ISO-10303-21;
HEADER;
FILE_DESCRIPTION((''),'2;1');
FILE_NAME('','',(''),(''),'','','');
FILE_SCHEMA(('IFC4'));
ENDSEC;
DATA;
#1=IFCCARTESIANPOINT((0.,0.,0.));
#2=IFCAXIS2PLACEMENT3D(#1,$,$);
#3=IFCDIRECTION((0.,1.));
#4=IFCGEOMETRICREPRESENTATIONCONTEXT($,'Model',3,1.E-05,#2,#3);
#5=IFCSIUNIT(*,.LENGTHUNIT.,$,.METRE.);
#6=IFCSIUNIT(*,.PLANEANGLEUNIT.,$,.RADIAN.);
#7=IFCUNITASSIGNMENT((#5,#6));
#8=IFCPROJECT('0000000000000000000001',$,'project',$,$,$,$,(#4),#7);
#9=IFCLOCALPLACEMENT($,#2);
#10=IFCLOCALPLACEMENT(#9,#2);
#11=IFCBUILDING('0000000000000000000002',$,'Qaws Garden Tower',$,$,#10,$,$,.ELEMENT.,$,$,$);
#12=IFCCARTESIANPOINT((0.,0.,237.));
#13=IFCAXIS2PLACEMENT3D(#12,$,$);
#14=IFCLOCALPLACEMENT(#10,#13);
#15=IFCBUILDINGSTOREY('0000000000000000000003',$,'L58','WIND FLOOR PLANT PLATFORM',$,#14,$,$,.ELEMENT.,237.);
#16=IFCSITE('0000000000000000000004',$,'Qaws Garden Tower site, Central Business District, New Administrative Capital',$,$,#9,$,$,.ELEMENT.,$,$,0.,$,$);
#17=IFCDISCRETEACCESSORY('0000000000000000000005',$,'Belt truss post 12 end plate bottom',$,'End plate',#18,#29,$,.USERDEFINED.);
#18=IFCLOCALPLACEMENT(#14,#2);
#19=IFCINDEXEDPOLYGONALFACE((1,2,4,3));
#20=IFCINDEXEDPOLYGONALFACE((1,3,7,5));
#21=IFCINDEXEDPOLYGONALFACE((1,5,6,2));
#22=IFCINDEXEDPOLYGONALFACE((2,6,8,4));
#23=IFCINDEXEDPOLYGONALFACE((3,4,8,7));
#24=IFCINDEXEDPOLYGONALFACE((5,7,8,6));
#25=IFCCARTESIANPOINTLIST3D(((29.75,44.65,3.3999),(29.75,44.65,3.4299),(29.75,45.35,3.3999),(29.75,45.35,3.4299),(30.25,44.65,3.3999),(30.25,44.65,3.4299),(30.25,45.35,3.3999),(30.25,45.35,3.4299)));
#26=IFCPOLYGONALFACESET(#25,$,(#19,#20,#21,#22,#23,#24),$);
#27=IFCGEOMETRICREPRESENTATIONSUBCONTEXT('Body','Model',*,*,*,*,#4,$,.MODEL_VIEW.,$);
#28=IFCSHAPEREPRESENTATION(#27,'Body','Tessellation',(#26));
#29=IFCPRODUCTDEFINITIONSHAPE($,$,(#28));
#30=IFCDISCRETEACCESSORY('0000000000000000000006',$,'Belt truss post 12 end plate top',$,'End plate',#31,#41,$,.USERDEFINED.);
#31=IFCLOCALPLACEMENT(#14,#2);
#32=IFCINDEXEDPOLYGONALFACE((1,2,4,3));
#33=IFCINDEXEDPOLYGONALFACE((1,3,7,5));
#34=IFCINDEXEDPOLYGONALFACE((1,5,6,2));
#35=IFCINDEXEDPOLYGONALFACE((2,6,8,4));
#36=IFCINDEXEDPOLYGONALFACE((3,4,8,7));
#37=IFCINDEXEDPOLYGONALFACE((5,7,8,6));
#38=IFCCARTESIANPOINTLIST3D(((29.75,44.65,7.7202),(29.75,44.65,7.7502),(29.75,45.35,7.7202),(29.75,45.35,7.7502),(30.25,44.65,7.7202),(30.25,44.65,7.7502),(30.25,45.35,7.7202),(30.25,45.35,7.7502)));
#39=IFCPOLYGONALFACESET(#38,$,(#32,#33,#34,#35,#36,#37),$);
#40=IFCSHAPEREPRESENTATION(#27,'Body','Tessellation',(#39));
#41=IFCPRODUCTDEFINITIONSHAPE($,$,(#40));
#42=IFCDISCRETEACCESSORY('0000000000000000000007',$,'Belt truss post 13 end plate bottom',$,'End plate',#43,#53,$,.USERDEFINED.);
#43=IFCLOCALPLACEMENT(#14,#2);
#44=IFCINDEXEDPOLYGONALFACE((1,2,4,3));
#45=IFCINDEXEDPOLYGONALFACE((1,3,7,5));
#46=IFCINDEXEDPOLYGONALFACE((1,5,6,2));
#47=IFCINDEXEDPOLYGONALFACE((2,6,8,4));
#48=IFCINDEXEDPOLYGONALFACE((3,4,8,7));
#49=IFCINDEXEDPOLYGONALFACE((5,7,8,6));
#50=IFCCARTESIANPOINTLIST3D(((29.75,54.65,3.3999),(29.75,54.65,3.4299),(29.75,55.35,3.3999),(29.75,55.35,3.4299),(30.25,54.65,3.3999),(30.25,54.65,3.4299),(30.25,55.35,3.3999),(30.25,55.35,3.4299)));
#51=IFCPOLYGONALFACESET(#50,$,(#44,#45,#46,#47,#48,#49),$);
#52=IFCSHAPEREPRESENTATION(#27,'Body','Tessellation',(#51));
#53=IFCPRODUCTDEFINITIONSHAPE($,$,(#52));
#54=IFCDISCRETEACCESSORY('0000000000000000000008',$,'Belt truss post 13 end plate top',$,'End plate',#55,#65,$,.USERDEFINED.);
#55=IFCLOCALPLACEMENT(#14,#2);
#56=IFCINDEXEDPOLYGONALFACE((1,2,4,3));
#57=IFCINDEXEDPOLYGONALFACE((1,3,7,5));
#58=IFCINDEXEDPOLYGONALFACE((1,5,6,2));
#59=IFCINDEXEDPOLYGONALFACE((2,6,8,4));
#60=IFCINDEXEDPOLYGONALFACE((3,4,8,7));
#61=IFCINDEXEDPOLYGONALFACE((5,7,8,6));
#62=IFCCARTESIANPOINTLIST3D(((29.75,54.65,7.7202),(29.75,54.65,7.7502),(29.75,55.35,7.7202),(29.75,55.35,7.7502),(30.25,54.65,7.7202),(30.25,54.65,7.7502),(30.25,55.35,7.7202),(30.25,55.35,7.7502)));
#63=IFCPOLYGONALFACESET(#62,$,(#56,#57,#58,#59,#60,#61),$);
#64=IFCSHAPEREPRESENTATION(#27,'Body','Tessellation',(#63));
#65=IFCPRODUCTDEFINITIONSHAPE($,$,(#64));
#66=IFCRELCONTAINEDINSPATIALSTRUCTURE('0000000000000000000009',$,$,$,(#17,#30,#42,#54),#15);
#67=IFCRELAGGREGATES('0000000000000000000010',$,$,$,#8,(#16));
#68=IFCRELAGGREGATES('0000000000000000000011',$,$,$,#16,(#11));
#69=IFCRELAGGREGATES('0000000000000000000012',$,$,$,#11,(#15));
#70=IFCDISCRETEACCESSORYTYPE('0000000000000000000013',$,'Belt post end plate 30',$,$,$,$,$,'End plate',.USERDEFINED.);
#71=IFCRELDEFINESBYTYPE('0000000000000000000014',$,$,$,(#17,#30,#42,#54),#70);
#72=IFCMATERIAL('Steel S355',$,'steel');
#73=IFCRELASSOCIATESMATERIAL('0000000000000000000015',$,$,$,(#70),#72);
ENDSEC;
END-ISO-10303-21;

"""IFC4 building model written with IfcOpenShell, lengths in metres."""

from ifc_helpers import new_model, si_unit, direction, frame, origin, origin_2d, place, context, subcontext, project, spatial, rectangle, extrude, material, type_object, element, save


model = new_model("IFC4")

# Units and contexts
model_context = context("Model", 3, precision=1e-05, world=origin(), true_north=direction((0.0, 1.0)))
body_context = subcontext(model_context, "Body", "Model", "MODEL_VIEW")
ifc_project = project(units=[si_unit("LENGTHUNIT", "METRE"), si_unit("PLANEANGLEUNIT", "RADIAN")], contexts=[model_context])

# Site, building, storey
site_placement = place(None, origin())
site = spatial("IfcSite", under=ifc_project, at=site_placement, Name="Qaws Garden Tower site, Central Business District, New Administrative Capital", CompositionType="ELEMENT", RefElevation=0.0)
building_placement = place(site_placement, origin())
building = spatial("IfcBuilding", under=site, at=building_placement, Name="Qaws Garden Tower", CompositionType="ELEMENT")
storey_placement = place(building_placement, frame((0.0, 0.0, 237.0)))
storey = spatial("IfcBuildingStorey", under=building, at=storey_placement, Name="L58", Description="WIND FLOOR PLANT PLATFORM", CompositionType="ELEMENT", Elevation=237.0)

# Shared definitions
placement_1 = place(storey_placement, frame((30.0, 45.0, 3.3999), z_axis=(0.0, 0.0, 1.0), x_axis=(1.0, 0.0, 0.0)))
placement_2 = place(storey_placement, frame((30.0, 55.0, 3.3999), z_axis=(0.0, 0.0, 1.0), x_axis=(1.0, 0.0, 0.0)))

# Discrete accessories
ifc_material_1 = material(Name="Steel S355", Category="steel")
discrete_accessory_type = type_object("IfcDiscreteAccessoryType", Name="Belt post end plate 30", ElementType="End plate", PredefinedType="USERDEFINED", material=ifc_material_1)
element("IfcDiscreteAccessory", 1, at=placement_1, inside=storey, type_object=discrete_accessory_type, Name="Belt truss post 12 end plate bottom", ObjectType="End plate", PredefinedType="USERDEFINED", context=body_context, shape_type="SweptSolid", body=[
    extrude(rectangle(XDim=0.5, YDim=0.7, at=origin_2d()), origin(), (0.0, 0.0, 1.0), 0.03),
])
discrete_accessory_1_placement = place(storey_placement, frame((30.0, 45.0, 7.7202), z_axis=(0.0, 0.0, 1.0), x_axis=(1.0, 0.0, 0.0)))
element("IfcDiscreteAccessory", 2, at=discrete_accessory_1_placement, inside=storey, type_object=discrete_accessory_type, Name="Belt truss post 12 end plate top", ObjectType="End plate", PredefinedType="USERDEFINED", context=body_context, shape_type="SweptSolid", body=[
    extrude(rectangle(XDim=0.5, YDim=0.7, at=origin_2d()), origin(), (0.0, 0.0, 1.0), 0.03),
])
element("IfcDiscreteAccessory", 3, at=placement_2, inside=storey, type_object=discrete_accessory_type, Name="Belt truss post 13 end plate bottom", ObjectType="End plate", PredefinedType="USERDEFINED", context=body_context, shape_type="SweptSolid", body=[
    extrude(rectangle(XDim=0.5, YDim=0.7, at=origin_2d()), origin(), (0.0, 0.0, 1.0), 0.03),
])
discrete_accessory_2_placement = place(storey_placement, frame((30.0, 55.0, 7.7202), z_axis=(0.0, 0.0, 1.0), x_axis=(1.0, 0.0, 0.0)))
element("IfcDiscreteAccessory", 4, at=discrete_accessory_2_placement, inside=storey, type_object=discrete_accessory_type, Name="Belt truss post 13 end plate top", ObjectType="End plate", PredefinedType="USERDEFINED", context=body_context, shape_type="SweptSolid", body=[
    extrude(rectangle(XDim=0.5, YDim=0.7, at=origin_2d()), origin(), (0.0, 0.0, 1.0), 0.03),
])

save(model, "model.ifc")
